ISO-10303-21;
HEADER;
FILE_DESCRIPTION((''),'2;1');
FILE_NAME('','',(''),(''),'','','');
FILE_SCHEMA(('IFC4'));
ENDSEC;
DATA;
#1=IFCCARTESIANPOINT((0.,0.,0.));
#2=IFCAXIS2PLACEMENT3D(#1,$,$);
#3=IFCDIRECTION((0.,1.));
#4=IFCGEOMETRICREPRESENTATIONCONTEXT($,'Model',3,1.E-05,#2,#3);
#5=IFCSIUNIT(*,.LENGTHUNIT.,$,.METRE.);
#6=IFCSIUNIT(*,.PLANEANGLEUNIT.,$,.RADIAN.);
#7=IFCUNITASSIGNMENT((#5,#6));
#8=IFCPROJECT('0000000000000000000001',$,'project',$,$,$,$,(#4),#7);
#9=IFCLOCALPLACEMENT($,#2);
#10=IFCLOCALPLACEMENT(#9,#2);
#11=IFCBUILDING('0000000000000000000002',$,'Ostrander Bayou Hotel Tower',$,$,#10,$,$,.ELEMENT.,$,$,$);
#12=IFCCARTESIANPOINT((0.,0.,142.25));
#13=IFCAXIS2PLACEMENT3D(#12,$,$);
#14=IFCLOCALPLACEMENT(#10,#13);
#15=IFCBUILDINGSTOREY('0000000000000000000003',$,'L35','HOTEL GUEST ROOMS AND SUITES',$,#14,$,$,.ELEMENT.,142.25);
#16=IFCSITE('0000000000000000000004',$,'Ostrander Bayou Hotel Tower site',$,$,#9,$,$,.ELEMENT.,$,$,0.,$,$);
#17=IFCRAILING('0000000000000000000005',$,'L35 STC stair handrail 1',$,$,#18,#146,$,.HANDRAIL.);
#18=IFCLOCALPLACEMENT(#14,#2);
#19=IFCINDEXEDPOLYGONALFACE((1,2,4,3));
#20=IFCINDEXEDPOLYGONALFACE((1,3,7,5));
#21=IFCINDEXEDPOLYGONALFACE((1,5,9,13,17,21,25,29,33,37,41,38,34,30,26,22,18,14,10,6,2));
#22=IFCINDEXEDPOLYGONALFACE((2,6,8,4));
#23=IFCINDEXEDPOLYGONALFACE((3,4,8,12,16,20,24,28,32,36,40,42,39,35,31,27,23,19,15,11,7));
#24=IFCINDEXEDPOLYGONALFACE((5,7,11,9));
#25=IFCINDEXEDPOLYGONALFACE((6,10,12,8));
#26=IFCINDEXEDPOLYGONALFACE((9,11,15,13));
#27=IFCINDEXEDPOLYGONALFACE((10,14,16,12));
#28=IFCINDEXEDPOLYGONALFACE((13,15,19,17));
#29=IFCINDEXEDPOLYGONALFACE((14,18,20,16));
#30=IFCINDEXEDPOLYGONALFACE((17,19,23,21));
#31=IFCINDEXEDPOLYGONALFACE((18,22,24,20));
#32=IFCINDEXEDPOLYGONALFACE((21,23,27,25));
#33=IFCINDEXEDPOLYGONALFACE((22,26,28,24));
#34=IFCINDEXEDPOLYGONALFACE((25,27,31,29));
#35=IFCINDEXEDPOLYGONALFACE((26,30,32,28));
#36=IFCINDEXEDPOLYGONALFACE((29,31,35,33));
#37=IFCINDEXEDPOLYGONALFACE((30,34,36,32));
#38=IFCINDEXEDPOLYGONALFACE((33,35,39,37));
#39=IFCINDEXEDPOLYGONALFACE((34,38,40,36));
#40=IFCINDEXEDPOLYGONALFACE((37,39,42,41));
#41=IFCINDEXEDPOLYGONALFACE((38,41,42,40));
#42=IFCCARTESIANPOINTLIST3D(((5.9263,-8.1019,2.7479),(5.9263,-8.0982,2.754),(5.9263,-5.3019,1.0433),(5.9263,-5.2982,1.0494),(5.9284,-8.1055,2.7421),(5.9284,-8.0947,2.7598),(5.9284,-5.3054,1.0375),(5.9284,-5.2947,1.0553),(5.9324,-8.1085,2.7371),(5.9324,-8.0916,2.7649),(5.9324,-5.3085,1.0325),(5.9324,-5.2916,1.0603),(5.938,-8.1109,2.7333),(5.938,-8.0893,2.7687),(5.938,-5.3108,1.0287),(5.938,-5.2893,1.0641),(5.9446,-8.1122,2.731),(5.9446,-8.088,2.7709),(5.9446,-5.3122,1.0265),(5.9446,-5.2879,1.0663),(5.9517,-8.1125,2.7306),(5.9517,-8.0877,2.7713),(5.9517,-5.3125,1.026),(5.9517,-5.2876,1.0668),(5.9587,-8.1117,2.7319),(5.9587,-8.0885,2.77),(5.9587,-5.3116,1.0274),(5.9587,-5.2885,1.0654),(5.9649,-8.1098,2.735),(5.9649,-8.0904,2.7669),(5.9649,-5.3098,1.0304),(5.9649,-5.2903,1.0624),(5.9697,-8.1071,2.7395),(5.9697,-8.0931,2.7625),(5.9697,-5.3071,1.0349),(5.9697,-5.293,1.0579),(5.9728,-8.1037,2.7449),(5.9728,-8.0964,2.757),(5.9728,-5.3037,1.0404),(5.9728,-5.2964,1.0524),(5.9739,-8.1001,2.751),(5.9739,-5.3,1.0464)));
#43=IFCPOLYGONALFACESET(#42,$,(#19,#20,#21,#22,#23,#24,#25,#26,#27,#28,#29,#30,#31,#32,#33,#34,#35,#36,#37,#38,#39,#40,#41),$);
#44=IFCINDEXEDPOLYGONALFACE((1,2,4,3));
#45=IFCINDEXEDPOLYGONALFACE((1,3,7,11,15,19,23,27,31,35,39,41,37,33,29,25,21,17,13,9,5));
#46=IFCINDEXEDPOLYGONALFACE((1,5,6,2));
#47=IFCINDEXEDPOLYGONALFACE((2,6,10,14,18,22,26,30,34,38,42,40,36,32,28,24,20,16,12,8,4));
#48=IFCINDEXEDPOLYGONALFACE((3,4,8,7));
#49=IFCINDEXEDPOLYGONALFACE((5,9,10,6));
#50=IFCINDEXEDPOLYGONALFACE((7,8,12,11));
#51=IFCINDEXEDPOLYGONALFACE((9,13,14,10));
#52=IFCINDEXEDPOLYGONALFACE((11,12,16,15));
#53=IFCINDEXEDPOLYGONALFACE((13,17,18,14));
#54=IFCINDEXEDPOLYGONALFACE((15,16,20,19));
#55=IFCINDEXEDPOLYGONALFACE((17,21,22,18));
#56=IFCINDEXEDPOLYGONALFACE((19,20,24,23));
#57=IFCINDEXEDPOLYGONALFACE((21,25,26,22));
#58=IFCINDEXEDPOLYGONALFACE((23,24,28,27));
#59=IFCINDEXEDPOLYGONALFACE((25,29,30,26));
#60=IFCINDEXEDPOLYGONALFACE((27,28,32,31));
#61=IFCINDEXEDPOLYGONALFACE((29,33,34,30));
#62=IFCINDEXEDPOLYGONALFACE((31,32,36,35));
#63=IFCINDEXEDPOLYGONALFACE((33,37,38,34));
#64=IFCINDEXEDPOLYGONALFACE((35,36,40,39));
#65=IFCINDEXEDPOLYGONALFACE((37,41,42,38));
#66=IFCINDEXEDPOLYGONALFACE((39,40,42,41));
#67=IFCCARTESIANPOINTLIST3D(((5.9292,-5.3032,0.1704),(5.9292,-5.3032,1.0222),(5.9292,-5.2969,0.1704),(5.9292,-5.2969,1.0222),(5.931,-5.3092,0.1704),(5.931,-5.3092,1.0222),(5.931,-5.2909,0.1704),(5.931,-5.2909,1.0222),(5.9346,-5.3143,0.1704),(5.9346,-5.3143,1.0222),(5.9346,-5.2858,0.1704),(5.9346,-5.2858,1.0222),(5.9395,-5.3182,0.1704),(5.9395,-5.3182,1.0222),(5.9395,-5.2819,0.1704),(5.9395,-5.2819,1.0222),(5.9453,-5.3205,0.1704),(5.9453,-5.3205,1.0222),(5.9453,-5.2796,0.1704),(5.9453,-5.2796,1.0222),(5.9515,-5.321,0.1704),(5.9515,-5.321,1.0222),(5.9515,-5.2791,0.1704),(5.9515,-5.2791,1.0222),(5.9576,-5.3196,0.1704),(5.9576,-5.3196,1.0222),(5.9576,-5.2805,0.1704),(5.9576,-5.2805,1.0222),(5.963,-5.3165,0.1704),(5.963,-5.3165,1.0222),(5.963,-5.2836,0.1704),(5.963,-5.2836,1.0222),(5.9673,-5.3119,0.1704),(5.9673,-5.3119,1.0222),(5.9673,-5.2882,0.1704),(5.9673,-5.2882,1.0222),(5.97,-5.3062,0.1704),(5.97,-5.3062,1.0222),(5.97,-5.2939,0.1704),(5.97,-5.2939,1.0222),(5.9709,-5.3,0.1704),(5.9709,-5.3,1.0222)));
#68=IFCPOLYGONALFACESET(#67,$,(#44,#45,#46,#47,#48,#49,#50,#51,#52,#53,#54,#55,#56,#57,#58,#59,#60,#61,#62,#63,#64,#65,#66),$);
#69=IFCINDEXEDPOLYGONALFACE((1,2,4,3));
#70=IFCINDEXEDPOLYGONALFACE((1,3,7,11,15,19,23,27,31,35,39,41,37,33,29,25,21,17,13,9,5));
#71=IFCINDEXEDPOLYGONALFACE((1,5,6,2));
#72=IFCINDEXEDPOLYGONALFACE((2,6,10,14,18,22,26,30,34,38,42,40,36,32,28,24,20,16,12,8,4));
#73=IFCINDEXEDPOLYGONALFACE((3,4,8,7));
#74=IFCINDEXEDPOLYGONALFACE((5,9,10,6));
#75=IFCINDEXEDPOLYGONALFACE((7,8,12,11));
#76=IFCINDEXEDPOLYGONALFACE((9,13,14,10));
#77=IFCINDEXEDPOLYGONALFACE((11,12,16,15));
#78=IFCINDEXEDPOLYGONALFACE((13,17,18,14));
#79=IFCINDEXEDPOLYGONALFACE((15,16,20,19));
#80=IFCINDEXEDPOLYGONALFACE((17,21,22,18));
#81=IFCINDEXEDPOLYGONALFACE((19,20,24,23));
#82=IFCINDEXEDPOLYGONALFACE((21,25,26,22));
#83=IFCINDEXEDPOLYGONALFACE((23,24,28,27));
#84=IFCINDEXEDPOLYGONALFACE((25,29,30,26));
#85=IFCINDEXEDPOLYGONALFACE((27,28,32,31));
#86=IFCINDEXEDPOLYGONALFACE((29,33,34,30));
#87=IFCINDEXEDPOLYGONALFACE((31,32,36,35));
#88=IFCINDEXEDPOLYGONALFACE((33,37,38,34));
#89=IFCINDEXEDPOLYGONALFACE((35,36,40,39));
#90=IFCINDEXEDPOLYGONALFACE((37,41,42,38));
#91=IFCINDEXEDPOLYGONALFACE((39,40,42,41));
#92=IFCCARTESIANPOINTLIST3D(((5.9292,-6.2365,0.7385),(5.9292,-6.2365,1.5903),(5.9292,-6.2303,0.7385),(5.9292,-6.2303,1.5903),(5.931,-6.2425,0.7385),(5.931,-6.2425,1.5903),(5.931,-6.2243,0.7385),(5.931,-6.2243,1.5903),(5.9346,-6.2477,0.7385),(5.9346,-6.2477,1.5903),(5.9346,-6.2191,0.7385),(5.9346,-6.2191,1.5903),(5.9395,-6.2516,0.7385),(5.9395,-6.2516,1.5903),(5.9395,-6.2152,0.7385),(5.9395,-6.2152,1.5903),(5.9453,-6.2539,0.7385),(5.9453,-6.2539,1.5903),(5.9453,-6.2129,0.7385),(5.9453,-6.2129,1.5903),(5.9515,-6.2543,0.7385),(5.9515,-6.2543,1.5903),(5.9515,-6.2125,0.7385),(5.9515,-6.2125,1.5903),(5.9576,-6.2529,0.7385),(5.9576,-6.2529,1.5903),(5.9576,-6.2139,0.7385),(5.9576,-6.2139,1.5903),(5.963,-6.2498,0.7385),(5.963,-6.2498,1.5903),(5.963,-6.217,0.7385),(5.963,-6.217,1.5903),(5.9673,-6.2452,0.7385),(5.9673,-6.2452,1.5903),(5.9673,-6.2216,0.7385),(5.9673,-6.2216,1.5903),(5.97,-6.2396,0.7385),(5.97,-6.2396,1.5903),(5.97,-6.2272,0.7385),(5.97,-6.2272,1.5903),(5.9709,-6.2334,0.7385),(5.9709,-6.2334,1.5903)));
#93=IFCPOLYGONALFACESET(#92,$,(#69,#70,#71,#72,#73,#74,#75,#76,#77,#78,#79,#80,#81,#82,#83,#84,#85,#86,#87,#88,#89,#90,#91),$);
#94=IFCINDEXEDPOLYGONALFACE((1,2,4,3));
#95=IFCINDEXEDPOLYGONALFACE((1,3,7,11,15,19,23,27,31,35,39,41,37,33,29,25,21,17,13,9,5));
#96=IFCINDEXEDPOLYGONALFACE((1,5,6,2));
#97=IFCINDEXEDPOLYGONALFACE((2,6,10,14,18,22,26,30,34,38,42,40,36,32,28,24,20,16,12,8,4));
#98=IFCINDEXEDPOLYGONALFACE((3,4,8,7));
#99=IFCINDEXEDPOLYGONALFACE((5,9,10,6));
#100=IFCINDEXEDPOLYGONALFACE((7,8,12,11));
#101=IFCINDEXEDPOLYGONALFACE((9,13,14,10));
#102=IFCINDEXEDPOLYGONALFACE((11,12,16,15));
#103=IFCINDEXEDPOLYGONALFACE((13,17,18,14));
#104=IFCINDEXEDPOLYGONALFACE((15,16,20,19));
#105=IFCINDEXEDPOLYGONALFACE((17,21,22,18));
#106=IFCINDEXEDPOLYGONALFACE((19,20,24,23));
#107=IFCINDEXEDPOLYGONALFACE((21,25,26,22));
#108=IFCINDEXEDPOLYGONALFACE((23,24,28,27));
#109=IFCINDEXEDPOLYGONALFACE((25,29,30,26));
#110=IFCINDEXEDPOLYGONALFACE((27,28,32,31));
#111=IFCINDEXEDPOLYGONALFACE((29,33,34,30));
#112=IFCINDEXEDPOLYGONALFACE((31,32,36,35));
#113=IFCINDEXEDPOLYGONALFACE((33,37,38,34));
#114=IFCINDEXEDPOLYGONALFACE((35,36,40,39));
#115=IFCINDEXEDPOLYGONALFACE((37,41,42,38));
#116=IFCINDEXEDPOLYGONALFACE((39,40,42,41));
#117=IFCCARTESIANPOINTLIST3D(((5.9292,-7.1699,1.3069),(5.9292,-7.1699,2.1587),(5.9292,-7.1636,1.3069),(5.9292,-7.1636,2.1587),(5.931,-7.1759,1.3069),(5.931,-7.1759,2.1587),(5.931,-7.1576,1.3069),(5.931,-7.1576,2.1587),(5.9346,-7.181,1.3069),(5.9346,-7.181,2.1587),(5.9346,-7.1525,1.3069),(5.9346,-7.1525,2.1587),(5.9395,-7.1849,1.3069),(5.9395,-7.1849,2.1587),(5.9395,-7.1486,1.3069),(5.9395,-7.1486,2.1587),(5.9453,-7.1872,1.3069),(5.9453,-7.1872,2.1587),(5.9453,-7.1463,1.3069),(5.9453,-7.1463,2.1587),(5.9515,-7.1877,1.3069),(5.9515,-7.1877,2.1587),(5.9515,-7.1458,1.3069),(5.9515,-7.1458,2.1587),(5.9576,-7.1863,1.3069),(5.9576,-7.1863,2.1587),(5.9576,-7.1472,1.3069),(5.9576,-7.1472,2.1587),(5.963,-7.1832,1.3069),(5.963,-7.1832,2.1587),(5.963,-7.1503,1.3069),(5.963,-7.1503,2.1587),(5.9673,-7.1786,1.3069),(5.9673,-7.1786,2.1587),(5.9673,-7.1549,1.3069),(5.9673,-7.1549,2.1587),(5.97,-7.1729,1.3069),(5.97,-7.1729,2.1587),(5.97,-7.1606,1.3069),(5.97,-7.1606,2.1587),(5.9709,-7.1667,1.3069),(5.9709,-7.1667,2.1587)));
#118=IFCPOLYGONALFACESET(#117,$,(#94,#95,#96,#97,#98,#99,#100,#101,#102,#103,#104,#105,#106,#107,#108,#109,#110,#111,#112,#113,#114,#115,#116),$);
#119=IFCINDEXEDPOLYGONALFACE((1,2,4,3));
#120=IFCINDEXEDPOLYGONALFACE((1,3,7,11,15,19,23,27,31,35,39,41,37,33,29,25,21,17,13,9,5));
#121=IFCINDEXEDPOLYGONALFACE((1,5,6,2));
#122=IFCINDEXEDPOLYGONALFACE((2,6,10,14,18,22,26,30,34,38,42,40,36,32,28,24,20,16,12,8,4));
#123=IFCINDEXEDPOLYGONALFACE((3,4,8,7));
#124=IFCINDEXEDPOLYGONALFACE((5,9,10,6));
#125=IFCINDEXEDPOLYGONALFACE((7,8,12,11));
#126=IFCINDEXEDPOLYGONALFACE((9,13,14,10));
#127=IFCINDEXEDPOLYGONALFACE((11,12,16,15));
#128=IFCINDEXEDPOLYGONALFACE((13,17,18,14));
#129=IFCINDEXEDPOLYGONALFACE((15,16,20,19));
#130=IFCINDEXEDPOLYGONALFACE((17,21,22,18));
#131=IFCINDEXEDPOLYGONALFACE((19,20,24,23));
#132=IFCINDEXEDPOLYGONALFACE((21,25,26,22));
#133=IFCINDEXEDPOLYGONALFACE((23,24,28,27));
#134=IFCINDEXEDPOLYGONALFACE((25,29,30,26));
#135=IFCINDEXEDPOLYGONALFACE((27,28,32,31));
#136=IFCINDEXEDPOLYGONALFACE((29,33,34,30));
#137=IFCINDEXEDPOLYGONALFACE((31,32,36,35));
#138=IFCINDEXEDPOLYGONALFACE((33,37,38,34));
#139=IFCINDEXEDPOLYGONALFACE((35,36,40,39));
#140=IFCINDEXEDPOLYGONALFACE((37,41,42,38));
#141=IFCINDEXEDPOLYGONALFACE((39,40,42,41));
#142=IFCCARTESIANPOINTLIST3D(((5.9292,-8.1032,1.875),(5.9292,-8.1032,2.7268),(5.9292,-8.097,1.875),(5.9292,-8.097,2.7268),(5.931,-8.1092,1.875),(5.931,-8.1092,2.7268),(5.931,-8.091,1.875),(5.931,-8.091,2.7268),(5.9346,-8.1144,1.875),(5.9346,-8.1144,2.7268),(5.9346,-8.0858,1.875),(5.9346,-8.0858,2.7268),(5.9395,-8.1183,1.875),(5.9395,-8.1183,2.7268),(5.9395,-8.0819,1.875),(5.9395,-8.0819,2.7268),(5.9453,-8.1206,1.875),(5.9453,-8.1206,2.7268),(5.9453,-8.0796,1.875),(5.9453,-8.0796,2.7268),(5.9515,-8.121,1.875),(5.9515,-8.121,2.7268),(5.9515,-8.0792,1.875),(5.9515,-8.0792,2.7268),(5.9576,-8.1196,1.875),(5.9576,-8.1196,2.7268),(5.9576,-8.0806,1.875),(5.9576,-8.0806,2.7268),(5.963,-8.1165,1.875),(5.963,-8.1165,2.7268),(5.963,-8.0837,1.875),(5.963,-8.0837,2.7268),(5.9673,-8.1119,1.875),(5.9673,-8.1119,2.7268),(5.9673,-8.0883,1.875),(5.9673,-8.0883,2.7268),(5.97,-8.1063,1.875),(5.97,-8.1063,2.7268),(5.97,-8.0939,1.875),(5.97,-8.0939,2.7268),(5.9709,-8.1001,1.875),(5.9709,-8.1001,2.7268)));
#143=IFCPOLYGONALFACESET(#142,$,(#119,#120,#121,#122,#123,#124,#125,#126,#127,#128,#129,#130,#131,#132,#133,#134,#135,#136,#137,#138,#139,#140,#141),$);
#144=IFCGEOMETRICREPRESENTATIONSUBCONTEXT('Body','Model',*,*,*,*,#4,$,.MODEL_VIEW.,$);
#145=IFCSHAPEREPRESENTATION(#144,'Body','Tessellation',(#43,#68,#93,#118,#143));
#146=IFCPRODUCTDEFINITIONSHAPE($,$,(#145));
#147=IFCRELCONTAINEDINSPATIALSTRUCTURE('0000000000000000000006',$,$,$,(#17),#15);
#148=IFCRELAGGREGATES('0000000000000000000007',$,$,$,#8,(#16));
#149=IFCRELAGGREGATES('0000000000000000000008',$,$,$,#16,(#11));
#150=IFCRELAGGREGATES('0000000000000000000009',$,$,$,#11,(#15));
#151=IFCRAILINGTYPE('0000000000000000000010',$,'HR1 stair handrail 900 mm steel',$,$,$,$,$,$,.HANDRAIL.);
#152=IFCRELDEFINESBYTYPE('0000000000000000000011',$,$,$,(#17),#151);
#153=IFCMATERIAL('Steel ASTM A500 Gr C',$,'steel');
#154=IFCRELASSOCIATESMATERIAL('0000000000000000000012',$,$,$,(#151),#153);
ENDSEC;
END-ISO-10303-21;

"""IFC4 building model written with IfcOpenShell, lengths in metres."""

from ifc_helpers import new_model, si_unit, direction, frame, origin, origin_2d, place, context, subcontext, project, spatial, circle, extrude, material, type_object, element, save


model = new_model("IFC4")

# Units and contexts
model_context = context("Model", 3, precision=1e-05, world=origin(), true_north=direction((0.0, 1.0)))
body_context = subcontext(model_context, "Body", "Model", "MODEL_VIEW")
ifc_project = project(units=[si_unit("LENGTHUNIT", "METRE"), si_unit("PLANEANGLEUNIT", "RADIAN")], contexts=[model_context])

# Site, building, storey
site_placement = place(None, origin())
site = spatial("IfcSite", under=ifc_project, at=site_placement, Name="Ostrander Bayou Hotel Tower site", CompositionType="ELEMENT", RefElevation=0.0)
building_placement = place(site_placement, origin())
building = spatial("IfcBuilding", under=site, at=building_placement, Name="Ostrander Bayou Hotel Tower", CompositionType="ELEMENT")
storey_placement = place(building_placement, frame((0.0, 0.0, 142.25)))
storey = spatial("IfcBuildingStorey", under=building, at=storey_placement, Name="L35", Description="HOTEL GUEST ROOMS AND SUITES", CompositionType="ELEMENT", Elevation=142.25)

# Railing
ifc_material_1 = material(Name="Steel ASTM A500 Gr C", Category="steel")
railing_type_1 = type_object("IfcRailingType", Name="HR1 stair handrail 900 mm steel", PredefinedType="HANDRAIL", material=ifc_material_1)
railing_1_placement = place(storey_placement, frame((5.95, -5.3, 0.1704)))
element("IfcRailing", 1, at=railing_1_placement, inside=storey, type_object=railing_type_1, Name="L35 STC stair handrail 1", PredefinedType="HANDRAIL", context=body_context, shape_type="SweptSolid", body=[
    extrude(circle(Radius=0.0239, at=origin_2d()), frame((0.0, 0.0, 0.876), z_axis=(0.0, -0.85417, 0.519994), x_axis=(1.0, 0.0, 0.0)), (0.0, 0.0, 1.0), 3.2781),
    extrude(circle(Radius=0.021, at=origin_2d()), origin(), (0.0, 0.0, 1.0), 0.8518),
    extrude(circle(Radius=0.021, at=origin_2d()), frame((0.0, -0.9333, 0.5681)), (0.0, 0.0, 1.0), 0.8518),
    extrude(circle(Radius=0.021, at=origin_2d()), frame((0.0, -1.8667, 1.1365)), (0.0, 0.0, 1.0), 0.8518),
    extrude(circle(Radius=0.021, at=origin_2d()), frame((0.0, -2.8, 1.7046)), (0.0, 0.0, 1.0), 0.8518),
])

save(model, "model.ifc")
